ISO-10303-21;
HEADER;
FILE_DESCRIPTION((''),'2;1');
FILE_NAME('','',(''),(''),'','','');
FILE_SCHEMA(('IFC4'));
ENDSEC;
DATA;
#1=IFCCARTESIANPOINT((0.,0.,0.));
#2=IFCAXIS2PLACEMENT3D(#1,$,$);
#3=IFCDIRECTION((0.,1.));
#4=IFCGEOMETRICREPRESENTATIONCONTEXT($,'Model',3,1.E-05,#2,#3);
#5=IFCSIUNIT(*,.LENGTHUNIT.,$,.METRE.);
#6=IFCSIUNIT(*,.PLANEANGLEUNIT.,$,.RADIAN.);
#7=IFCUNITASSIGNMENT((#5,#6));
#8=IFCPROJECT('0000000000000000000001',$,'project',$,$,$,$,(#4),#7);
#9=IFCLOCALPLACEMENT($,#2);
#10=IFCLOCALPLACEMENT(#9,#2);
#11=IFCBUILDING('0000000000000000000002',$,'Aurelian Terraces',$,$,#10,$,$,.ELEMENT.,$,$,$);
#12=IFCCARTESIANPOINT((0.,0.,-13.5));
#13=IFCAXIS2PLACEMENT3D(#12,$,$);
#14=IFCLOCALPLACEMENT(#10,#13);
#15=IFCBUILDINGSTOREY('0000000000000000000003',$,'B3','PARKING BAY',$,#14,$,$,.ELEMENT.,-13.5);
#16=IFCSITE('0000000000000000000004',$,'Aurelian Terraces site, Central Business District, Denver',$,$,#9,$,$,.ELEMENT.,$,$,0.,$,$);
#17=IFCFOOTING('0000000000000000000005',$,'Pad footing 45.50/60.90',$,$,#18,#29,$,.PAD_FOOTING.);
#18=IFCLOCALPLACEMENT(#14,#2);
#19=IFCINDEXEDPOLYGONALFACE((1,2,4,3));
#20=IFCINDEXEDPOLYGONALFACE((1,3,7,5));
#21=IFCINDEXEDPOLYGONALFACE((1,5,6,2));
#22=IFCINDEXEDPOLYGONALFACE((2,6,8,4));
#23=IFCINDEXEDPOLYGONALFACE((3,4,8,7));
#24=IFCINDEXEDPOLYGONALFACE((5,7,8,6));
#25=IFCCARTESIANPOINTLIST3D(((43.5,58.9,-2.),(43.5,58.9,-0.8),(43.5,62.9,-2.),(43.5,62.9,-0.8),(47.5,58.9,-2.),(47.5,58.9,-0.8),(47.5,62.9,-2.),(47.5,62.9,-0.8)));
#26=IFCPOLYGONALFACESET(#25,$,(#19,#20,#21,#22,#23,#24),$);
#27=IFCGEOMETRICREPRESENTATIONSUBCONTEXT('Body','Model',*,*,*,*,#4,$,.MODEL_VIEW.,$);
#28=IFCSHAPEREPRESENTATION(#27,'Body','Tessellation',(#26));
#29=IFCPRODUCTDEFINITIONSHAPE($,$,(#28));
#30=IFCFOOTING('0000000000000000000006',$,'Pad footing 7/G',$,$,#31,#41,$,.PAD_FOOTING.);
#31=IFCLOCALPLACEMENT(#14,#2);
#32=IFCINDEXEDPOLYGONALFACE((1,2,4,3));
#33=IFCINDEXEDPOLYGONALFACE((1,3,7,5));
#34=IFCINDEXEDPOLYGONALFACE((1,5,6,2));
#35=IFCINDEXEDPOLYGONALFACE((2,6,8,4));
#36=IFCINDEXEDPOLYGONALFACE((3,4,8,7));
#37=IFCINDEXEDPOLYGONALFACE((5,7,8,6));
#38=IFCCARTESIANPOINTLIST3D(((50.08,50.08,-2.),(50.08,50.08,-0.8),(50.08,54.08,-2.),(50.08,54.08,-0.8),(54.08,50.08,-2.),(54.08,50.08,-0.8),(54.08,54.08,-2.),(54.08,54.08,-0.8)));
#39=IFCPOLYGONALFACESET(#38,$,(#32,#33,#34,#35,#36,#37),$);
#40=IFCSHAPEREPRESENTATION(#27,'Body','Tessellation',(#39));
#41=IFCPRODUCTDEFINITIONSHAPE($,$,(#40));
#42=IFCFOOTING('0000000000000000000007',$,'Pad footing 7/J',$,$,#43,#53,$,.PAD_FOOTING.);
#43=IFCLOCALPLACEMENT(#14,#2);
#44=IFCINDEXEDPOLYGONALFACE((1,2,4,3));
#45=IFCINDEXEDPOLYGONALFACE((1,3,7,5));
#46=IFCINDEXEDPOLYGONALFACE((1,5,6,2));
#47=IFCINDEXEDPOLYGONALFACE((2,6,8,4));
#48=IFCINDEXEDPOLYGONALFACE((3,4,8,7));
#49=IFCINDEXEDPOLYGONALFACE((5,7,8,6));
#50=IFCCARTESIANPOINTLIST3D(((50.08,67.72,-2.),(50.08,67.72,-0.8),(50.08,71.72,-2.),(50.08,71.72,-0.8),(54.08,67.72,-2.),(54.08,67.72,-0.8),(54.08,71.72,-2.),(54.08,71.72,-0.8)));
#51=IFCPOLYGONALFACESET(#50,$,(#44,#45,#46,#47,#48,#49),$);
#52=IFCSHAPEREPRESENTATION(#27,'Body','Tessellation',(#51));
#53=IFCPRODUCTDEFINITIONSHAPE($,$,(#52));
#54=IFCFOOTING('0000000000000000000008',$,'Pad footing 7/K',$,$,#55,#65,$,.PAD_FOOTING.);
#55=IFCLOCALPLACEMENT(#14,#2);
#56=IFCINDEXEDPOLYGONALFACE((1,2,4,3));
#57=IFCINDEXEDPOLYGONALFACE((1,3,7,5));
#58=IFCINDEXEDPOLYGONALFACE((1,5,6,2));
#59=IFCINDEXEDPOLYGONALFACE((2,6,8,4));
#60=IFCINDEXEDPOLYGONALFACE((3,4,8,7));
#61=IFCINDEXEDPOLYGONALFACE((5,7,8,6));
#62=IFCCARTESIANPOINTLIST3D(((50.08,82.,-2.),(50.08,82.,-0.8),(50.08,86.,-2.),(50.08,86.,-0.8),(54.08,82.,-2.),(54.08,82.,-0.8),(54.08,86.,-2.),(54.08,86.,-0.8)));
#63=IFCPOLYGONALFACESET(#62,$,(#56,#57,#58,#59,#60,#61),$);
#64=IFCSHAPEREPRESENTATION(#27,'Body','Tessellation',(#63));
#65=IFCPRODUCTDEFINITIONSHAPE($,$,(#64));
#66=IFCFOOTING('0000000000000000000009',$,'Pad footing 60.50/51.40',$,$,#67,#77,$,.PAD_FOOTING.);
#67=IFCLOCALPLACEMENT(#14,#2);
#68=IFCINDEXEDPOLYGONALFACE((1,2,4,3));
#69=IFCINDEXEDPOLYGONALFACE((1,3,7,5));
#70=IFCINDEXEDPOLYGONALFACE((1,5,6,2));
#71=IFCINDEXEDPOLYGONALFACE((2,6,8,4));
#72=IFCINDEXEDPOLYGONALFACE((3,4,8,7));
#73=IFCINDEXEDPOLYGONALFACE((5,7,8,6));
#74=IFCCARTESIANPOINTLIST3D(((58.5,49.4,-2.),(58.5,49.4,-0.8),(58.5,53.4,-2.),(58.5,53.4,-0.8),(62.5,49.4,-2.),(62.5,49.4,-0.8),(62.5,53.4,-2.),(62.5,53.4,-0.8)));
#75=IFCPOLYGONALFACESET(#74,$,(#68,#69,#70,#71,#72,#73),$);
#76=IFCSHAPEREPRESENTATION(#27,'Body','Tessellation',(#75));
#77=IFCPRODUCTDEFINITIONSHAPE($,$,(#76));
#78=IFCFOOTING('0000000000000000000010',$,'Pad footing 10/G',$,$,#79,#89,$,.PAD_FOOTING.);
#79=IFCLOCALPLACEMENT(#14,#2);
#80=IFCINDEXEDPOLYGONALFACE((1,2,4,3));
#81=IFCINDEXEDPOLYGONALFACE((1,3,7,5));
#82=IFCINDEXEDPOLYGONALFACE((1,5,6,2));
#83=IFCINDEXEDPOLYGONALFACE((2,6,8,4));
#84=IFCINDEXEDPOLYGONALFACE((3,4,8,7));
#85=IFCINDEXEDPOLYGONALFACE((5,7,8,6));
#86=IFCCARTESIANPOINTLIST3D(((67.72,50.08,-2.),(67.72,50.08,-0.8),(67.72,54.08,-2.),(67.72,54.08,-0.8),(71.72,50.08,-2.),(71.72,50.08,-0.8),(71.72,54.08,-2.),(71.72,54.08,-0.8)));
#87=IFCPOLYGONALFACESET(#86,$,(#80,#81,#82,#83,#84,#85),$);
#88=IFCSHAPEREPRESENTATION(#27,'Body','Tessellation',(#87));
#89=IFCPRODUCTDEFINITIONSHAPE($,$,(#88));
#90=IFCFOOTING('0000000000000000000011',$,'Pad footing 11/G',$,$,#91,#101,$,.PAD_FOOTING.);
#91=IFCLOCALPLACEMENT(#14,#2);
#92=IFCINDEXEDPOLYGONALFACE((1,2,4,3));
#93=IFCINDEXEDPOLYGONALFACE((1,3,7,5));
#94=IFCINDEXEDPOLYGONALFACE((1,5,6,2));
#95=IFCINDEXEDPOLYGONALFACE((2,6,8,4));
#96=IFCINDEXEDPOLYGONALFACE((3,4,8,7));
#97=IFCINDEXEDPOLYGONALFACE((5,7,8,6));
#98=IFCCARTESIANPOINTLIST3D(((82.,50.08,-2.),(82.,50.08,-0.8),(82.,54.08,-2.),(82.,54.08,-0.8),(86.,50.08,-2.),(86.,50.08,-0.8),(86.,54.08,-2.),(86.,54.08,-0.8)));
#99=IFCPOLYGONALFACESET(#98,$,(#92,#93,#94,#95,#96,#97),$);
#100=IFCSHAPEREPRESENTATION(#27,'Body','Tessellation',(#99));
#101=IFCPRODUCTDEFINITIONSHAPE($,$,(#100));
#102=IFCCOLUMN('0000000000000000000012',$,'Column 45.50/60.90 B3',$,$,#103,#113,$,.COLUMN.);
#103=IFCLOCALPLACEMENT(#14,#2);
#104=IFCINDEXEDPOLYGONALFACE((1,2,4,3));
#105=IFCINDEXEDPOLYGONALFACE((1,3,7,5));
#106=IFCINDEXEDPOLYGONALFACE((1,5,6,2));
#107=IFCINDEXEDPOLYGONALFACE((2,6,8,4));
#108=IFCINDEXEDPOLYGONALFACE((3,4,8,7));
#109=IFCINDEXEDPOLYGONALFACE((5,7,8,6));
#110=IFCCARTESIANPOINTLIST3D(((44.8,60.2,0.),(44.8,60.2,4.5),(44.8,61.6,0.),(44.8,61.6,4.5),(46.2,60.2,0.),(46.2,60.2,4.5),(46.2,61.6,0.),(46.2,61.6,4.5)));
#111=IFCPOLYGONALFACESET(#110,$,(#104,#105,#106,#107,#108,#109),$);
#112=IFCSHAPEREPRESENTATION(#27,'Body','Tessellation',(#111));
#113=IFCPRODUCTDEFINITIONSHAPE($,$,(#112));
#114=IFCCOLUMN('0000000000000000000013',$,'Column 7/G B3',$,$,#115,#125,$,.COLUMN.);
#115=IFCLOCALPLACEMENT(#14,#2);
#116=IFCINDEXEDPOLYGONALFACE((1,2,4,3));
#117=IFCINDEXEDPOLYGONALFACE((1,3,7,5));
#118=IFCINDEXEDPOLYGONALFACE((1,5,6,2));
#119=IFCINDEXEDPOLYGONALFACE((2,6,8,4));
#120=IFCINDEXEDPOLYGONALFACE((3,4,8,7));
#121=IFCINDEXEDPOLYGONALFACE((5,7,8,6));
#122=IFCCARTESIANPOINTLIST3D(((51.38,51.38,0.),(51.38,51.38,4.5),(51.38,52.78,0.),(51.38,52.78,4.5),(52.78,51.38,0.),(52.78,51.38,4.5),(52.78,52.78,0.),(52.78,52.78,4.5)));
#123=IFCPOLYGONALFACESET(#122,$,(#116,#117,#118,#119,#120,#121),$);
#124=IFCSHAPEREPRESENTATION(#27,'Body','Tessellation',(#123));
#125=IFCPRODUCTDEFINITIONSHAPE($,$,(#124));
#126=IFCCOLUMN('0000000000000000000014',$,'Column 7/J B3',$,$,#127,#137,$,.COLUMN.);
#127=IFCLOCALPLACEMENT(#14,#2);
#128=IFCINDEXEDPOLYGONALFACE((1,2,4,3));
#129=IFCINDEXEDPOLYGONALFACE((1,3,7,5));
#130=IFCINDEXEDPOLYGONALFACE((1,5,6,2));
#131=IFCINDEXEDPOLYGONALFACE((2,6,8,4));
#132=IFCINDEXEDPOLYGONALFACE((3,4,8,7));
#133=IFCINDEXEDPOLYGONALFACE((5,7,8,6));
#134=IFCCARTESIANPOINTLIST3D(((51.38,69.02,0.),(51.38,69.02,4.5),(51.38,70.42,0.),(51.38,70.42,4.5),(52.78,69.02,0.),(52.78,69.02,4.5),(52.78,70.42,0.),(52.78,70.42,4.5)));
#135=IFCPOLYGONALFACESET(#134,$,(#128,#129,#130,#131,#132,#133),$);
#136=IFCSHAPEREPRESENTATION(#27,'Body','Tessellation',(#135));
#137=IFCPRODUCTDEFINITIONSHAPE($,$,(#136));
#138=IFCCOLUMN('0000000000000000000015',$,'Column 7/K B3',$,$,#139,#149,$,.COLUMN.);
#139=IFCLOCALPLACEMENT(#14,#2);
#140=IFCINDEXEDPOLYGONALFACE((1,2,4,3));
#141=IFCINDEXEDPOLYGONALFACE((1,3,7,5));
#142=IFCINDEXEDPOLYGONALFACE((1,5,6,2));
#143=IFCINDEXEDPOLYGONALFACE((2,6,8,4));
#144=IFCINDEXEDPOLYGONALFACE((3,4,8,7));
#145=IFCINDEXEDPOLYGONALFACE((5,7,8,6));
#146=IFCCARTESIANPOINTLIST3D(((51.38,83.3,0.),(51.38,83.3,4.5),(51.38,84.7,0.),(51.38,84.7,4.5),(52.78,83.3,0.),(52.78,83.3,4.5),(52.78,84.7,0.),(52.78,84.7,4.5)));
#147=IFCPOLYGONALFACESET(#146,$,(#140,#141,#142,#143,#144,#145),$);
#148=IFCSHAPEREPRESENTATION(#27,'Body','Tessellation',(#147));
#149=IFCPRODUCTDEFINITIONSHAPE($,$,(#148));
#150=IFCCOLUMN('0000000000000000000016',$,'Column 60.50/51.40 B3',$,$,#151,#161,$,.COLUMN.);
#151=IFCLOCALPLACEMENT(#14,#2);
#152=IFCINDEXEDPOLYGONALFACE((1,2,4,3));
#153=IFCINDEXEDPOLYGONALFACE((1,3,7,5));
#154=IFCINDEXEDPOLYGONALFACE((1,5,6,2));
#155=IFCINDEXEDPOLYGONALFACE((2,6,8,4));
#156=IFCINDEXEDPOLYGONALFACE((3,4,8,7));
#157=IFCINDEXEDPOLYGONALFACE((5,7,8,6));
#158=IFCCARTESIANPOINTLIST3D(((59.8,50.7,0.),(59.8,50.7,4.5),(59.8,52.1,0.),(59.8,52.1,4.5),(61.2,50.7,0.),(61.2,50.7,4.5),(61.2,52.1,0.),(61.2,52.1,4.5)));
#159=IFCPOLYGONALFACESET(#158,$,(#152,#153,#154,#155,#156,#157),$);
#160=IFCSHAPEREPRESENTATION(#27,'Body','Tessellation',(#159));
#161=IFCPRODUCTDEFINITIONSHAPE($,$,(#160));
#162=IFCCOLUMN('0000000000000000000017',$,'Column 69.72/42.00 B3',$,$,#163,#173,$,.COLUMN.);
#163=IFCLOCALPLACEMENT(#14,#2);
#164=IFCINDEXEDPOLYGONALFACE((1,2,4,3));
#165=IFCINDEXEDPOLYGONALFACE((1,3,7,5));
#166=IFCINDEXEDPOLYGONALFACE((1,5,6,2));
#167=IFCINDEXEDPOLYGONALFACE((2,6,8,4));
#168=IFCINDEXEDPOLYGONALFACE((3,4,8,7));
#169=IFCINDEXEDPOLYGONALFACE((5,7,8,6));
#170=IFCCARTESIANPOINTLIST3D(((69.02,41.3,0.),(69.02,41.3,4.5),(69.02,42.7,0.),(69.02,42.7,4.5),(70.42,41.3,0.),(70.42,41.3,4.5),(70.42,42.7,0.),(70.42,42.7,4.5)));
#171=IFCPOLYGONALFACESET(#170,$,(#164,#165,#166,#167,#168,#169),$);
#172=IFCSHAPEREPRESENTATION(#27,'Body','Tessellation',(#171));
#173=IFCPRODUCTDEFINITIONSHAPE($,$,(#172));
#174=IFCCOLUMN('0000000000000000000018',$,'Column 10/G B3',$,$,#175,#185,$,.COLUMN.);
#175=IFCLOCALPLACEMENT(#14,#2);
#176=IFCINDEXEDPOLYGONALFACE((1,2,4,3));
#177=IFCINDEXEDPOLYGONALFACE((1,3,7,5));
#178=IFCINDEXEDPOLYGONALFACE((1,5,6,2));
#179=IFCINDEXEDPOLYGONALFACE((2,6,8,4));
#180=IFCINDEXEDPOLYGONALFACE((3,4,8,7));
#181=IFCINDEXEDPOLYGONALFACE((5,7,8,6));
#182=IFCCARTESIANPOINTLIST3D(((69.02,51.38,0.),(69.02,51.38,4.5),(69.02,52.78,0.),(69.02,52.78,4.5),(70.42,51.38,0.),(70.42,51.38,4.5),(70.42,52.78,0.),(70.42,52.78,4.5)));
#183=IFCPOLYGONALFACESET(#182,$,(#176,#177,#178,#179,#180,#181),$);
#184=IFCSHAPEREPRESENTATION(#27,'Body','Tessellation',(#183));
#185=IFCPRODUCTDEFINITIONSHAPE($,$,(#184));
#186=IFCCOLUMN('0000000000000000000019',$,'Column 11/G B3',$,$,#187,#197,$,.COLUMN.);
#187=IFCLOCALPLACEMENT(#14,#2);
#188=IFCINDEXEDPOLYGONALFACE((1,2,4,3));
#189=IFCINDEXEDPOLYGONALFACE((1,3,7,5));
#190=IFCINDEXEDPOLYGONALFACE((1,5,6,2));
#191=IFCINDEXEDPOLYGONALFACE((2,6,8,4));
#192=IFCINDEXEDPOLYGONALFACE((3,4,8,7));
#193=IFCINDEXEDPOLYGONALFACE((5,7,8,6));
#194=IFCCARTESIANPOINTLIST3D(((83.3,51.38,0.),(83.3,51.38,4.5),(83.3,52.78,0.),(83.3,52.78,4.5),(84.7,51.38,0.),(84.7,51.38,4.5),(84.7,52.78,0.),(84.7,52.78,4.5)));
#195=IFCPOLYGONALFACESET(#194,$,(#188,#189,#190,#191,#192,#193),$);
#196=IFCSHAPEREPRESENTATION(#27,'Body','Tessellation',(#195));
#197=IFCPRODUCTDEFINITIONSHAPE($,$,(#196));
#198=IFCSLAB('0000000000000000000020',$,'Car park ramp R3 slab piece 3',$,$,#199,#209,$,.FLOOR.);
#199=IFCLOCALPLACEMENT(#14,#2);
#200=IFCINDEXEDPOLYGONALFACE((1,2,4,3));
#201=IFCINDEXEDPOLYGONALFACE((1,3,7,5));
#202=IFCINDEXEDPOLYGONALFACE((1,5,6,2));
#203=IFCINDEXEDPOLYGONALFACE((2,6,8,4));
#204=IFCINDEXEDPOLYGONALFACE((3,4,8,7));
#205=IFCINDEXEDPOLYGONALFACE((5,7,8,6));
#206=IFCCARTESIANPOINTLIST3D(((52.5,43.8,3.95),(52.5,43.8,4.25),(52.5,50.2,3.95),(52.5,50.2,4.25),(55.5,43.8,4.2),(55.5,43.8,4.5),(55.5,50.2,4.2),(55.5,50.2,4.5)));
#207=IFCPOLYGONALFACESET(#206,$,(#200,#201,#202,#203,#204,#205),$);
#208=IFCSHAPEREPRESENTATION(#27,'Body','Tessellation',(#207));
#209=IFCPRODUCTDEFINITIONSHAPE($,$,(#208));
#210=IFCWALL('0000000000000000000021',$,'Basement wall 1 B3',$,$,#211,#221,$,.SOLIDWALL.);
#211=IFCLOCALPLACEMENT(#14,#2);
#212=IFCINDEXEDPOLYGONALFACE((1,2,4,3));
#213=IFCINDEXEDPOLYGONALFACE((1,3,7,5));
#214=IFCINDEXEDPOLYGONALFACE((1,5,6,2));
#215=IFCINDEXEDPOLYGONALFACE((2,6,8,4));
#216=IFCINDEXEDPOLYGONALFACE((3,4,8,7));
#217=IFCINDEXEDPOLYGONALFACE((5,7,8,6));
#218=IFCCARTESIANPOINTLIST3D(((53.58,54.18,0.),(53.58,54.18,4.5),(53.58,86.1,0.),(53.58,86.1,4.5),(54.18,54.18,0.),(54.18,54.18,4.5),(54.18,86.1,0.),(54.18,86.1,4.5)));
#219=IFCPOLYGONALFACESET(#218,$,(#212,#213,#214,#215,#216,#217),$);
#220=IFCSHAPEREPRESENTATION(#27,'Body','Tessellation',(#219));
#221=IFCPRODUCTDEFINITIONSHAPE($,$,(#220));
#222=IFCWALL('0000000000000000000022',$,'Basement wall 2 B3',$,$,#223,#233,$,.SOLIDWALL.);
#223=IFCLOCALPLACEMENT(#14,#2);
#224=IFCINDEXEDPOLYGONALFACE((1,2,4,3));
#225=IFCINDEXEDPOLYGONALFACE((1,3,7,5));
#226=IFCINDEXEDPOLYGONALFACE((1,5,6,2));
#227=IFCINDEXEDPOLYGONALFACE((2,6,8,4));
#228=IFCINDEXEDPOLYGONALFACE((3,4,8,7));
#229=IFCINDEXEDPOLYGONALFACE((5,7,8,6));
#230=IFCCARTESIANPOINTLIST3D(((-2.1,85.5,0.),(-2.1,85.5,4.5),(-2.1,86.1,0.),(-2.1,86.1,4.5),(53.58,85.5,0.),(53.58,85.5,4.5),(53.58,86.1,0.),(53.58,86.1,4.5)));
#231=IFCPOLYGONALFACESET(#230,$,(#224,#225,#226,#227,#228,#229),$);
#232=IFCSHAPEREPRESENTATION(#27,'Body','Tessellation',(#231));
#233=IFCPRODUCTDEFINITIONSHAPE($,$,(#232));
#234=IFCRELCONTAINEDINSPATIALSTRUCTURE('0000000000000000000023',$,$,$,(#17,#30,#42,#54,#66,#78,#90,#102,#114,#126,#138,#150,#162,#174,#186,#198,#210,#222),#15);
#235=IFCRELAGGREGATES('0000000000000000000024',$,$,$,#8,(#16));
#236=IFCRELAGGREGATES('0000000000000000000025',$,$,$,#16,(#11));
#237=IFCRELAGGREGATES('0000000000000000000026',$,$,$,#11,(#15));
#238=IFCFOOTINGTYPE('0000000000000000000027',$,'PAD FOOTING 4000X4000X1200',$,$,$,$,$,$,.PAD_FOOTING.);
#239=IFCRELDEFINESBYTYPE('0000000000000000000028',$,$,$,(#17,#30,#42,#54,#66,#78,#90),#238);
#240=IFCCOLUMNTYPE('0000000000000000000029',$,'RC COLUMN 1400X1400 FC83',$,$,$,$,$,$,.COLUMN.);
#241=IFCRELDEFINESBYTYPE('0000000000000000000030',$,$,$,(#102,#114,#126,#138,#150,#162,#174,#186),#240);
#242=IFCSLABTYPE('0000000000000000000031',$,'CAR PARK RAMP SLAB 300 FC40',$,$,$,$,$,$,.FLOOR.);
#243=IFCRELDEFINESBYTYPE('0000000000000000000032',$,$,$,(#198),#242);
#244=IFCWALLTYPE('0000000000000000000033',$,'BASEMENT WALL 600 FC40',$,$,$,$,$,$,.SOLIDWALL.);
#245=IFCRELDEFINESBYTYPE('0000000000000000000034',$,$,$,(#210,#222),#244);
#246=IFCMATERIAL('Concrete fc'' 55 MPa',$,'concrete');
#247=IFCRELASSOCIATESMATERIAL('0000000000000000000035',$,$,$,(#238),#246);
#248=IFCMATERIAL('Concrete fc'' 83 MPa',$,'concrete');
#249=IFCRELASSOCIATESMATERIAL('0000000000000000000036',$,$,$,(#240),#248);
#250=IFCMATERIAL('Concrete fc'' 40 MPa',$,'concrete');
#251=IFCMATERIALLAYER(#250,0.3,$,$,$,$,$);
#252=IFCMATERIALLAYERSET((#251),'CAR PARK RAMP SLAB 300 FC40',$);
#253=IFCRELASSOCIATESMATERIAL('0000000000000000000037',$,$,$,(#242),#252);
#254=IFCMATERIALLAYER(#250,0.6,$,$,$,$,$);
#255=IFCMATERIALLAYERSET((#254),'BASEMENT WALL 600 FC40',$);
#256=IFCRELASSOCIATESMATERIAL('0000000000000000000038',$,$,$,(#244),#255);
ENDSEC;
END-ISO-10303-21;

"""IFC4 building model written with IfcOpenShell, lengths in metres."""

from ifc_helpers import new_model, si_unit, direction, frame, frame_2d, origin, origin_2d, place, context, subcontext, project, spatial, polyline, rectangle, outline, extrude, source, transform, mapped, material, layer, layer_set, material_profile, profile_set, type_object, element, save


model = new_model("IFC4")

# Units and contexts
model_context = context("Model", 3, precision=1e-05, world=origin(), true_north=direction((0.0, 1.0)))
body_context = subcontext(model_context, "Body", "Model", "MODEL_VIEW")
ifc_project = project(units=[si_unit("LENGTHUNIT", "METRE"), si_unit("PLANEANGLEUNIT", "RADIAN")], contexts=[model_context])

# Site, building, storey
site_placement = place(None, origin())
site = spatial("IfcSite", under=ifc_project, at=site_placement, Name="Aurelian Terraces site, Central Business District, Denver", CompositionType="ELEMENT", RefElevation=0.0)
building_placement = place(site_placement, origin())
building = spatial("IfcBuilding", under=site, at=building_placement, Name="Aurelian Terraces", CompositionType="ELEMENT")
storey_placement = place(building_placement, frame((0.0, 0.0, -13.5)))
storey = spatial("IfcBuildingStorey", under=building, at=storey_placement, Name="B3", Description="PARKING BAY", CompositionType="ELEMENT", Elevation=-13.5)

# Footings
ifc_material_1 = material(Name="Concrete fc' 55 MPa", Category="concrete")
footing_type = type_object("IfcFootingType", Name="PAD FOOTING 4000X4000X1200", PredefinedType="PAD_FOOTING", material=ifc_material_1)
shared_shape_1 = source(origin(), body_context, "Body", "SweptSolid", [
    extrude(rectangle(XDim=4.0, YDim=4.0, at=origin_2d()), origin(), (0.0, 0.0, 1.0), 1.2),
])
for number, where, z_axis, x_axis, name in (
    (1, (45.5, 60.9, -2.0), (0.0, 0.0, 1.0), (1.0, 0.0, 0.0), "Pad footing 45.50/60.90"),
    (2, (52.08, 52.08, -2.0), (0.0, 0.0, 1.0), (1.0, 0.0, 0.0), "Pad footing 7/G"),
    (3, (52.08, 69.72, -2.0), (0.0, 0.0, 1.0), (1.0, 0.0, 0.0), "Pad footing 7/J"),
    (4, (52.08, 84.0, -2.0), (0.0, 0.0, 1.0), (1.0, 0.0, 0.0), "Pad footing 7/K"),
    (5, (60.5, 51.4, -2.0), (0.0, 0.0, 1.0), (1.0, 0.0, 0.0), "Pad footing 60.50/51.40"),
    (6, (69.72, 52.08, -2.0), (0.0, 0.0, 1.0), (1.0, 0.0, 0.0), "Pad footing 10/G"),
    (7, (84.0, 52.08, -2.0), (0.0, 0.0, 1.0), (1.0, 0.0, 0.0), "Pad footing 11/G"),
):
    element("IfcFooting", number, at=place(storey_placement, frame(where, z_axis=z_axis, x_axis=x_axis)), inside=storey, type_object=footing_type, Name=name, PredefinedType="PAD_FOOTING", context=body_context, shape_type="MappedRepresentation", body=[
        mapped(shared_shape_1, transform((0.0, 0.0, 0.0), scale=1.0)),
    ])

# Columns
ifc_material_2 = material(Name="Concrete fc' 83 MPa", Category="concrete")
ifc_material_profile = material_profile(ifc_material_2, rectangle(XDim=1.4, YDim=1.4, at=origin_2d()))
ifc_profile_set = profile_set([ifc_material_profile], Name="Concrete fc' 83 MPa")
column_type = type_object("IfcColumnType", Name="RC COLUMN 1400X1400 FC83", PredefinedType="COLUMN", material=ifc_profile_set)
shared_shape_2 = source(origin(), body_context, "Body", "SweptSolid", [
    extrude(rectangle(XDim=1.4, YDim=1.4, at=origin_2d()), origin(), (0.0, 0.0, 1.0), 4.5),
])
for number, where, z_axis, x_axis, name in (
    (8, (45.5, 60.9, 0.0), (0.0, 0.0, 1.0), (1.0, 0.0, 0.0), "Column 45.50/60.90 B3"),
    (9, (52.08, 52.08, 0.0), (0.0, 0.0, 1.0), (1.0, 0.0, 0.0), "Column 7/G B3"),
    (10, (52.08, 69.72, 0.0), (0.0, 0.0, 1.0), (1.0, 0.0, 0.0), "Column 7/J B3"),
    (11, (52.08, 84.0, 0.0), (0.0, 0.0, 1.0), (1.0, 0.0, 0.0), "Column 7/K B3"),
    (12, (60.5, 51.4, 0.0), (0.0, 0.0, 1.0), (1.0, 0.0, 0.0), "Column 60.50/51.40 B3"),
    (13, (69.72, 42.0, 0.0), (0.0, 0.0, 1.0), (1.0, 0.0, 0.0), "Column 69.72/42.00 B3"),
    (14, (69.72, 52.08, 0.0), (0.0, 0.0, 1.0), (1.0, 0.0, 0.0), "Column 10/G B3"),
    (15, (84.0, 52.08, 0.0), (0.0, 0.0, 1.0), (1.0, 0.0, 0.0), "Column 11/G B3"),
):
    element("IfcColumn", number, at=place(storey_placement, frame(where, z_axis=z_axis, x_axis=x_axis)), inside=storey, type_object=column_type, Name=name, PredefinedType="COLUMN", context=body_context, shape_type="MappedRepresentation", body=[
        mapped(shared_shape_2, transform((0.0, 0.0, 0.0), scale=1.0)),
    ])

# Slab
ifc_material_3 = material(Name="Concrete fc' 40 MPa", Category="concrete")
ifc_layer_1 = layer(ifc_material_3, 0.3)
ifc_layer_set_1 = layer_set([ifc_layer_1], Name="CAR PARK RAMP SLAB 300 FC40")
slab_type = type_object("IfcSlabType", Name="CAR PARK RAMP SLAB 300 FC40", PredefinedType="FLOOR", material=ifc_layer_set_1)
slab_placement = place(storey_placement, frame((52.5, 43.8, 4.25), z_axis=(0.0, 0.0, 1.0), x_axis=(1.0, 0.0, 0.0)))
element("IfcSlab", 16, at=slab_placement, inside=storey, type_object=slab_type, Name="Car park ramp R3 slab piece 3", PredefinedType="FLOOR", context=body_context, shape_type="SweptSolid", body=[
    extrude(outline(polyline([(0.0, 0.0), (3.0, 0.25), (3.0, -0.05), (0.0, -0.3), (0.0, 0.0)])), frame((0.0, 6.4, 0.0), z_axis=(0.0, -1.0, 0.0), x_axis=(1.0, 0.0, 0.0)), (0.0, 0.0, 1.0), 6.4),
])

# Walls
ifc_layer_2 = layer(ifc_material_3, 0.6)
ifc_layer_set_2 = layer_set([ifc_layer_2], Name="BASEMENT WALL 600 FC40")
wall_type_1 = type_object("IfcWallType", Name="BASEMENT WALL 600 FC40", PredefinedType="SOLIDWALL", material=ifc_layer_set_2)
wall_1_placement = place(storey_placement, frame((53.88, 54.18, 0.0), z_axis=(0.0, 0.0, 1.0), x_axis=(0.0, 1.0, 0.0)))
element("IfcWall", 17, at=wall_1_placement, inside=storey, type_object=wall_type_1, Name="Basement wall 1 B3", PredefinedType="SOLIDWALL", context=body_context, shape_type="SweptSolid", body=[
    extrude(rectangle(XDim=31.92, YDim=0.6, at=frame_2d((15.96, 0.0))), origin(), (0.0, 0.0, 1.0), 4.5),
])
wall_2_placement = place(storey_placement, frame((53.58, 85.8, 0.0), z_axis=(0.0, 0.0, 1.0), x_axis=(-1.0, 0.0, 0.0)))
element("IfcWall", 18, at=wall_2_placement, inside=storey, type_object=wall_type_1, Name="Basement wall 2 B3", PredefinedType="SOLIDWALL", context=body_context, shape_type="SweptSolid", body=[
    extrude(rectangle(XDim=55.68, YDim=0.6, at=frame_2d((27.84, 0.0))), origin(), (0.0, 0.0, 1.0), 4.5),
])

save(model, "model.ifc")
